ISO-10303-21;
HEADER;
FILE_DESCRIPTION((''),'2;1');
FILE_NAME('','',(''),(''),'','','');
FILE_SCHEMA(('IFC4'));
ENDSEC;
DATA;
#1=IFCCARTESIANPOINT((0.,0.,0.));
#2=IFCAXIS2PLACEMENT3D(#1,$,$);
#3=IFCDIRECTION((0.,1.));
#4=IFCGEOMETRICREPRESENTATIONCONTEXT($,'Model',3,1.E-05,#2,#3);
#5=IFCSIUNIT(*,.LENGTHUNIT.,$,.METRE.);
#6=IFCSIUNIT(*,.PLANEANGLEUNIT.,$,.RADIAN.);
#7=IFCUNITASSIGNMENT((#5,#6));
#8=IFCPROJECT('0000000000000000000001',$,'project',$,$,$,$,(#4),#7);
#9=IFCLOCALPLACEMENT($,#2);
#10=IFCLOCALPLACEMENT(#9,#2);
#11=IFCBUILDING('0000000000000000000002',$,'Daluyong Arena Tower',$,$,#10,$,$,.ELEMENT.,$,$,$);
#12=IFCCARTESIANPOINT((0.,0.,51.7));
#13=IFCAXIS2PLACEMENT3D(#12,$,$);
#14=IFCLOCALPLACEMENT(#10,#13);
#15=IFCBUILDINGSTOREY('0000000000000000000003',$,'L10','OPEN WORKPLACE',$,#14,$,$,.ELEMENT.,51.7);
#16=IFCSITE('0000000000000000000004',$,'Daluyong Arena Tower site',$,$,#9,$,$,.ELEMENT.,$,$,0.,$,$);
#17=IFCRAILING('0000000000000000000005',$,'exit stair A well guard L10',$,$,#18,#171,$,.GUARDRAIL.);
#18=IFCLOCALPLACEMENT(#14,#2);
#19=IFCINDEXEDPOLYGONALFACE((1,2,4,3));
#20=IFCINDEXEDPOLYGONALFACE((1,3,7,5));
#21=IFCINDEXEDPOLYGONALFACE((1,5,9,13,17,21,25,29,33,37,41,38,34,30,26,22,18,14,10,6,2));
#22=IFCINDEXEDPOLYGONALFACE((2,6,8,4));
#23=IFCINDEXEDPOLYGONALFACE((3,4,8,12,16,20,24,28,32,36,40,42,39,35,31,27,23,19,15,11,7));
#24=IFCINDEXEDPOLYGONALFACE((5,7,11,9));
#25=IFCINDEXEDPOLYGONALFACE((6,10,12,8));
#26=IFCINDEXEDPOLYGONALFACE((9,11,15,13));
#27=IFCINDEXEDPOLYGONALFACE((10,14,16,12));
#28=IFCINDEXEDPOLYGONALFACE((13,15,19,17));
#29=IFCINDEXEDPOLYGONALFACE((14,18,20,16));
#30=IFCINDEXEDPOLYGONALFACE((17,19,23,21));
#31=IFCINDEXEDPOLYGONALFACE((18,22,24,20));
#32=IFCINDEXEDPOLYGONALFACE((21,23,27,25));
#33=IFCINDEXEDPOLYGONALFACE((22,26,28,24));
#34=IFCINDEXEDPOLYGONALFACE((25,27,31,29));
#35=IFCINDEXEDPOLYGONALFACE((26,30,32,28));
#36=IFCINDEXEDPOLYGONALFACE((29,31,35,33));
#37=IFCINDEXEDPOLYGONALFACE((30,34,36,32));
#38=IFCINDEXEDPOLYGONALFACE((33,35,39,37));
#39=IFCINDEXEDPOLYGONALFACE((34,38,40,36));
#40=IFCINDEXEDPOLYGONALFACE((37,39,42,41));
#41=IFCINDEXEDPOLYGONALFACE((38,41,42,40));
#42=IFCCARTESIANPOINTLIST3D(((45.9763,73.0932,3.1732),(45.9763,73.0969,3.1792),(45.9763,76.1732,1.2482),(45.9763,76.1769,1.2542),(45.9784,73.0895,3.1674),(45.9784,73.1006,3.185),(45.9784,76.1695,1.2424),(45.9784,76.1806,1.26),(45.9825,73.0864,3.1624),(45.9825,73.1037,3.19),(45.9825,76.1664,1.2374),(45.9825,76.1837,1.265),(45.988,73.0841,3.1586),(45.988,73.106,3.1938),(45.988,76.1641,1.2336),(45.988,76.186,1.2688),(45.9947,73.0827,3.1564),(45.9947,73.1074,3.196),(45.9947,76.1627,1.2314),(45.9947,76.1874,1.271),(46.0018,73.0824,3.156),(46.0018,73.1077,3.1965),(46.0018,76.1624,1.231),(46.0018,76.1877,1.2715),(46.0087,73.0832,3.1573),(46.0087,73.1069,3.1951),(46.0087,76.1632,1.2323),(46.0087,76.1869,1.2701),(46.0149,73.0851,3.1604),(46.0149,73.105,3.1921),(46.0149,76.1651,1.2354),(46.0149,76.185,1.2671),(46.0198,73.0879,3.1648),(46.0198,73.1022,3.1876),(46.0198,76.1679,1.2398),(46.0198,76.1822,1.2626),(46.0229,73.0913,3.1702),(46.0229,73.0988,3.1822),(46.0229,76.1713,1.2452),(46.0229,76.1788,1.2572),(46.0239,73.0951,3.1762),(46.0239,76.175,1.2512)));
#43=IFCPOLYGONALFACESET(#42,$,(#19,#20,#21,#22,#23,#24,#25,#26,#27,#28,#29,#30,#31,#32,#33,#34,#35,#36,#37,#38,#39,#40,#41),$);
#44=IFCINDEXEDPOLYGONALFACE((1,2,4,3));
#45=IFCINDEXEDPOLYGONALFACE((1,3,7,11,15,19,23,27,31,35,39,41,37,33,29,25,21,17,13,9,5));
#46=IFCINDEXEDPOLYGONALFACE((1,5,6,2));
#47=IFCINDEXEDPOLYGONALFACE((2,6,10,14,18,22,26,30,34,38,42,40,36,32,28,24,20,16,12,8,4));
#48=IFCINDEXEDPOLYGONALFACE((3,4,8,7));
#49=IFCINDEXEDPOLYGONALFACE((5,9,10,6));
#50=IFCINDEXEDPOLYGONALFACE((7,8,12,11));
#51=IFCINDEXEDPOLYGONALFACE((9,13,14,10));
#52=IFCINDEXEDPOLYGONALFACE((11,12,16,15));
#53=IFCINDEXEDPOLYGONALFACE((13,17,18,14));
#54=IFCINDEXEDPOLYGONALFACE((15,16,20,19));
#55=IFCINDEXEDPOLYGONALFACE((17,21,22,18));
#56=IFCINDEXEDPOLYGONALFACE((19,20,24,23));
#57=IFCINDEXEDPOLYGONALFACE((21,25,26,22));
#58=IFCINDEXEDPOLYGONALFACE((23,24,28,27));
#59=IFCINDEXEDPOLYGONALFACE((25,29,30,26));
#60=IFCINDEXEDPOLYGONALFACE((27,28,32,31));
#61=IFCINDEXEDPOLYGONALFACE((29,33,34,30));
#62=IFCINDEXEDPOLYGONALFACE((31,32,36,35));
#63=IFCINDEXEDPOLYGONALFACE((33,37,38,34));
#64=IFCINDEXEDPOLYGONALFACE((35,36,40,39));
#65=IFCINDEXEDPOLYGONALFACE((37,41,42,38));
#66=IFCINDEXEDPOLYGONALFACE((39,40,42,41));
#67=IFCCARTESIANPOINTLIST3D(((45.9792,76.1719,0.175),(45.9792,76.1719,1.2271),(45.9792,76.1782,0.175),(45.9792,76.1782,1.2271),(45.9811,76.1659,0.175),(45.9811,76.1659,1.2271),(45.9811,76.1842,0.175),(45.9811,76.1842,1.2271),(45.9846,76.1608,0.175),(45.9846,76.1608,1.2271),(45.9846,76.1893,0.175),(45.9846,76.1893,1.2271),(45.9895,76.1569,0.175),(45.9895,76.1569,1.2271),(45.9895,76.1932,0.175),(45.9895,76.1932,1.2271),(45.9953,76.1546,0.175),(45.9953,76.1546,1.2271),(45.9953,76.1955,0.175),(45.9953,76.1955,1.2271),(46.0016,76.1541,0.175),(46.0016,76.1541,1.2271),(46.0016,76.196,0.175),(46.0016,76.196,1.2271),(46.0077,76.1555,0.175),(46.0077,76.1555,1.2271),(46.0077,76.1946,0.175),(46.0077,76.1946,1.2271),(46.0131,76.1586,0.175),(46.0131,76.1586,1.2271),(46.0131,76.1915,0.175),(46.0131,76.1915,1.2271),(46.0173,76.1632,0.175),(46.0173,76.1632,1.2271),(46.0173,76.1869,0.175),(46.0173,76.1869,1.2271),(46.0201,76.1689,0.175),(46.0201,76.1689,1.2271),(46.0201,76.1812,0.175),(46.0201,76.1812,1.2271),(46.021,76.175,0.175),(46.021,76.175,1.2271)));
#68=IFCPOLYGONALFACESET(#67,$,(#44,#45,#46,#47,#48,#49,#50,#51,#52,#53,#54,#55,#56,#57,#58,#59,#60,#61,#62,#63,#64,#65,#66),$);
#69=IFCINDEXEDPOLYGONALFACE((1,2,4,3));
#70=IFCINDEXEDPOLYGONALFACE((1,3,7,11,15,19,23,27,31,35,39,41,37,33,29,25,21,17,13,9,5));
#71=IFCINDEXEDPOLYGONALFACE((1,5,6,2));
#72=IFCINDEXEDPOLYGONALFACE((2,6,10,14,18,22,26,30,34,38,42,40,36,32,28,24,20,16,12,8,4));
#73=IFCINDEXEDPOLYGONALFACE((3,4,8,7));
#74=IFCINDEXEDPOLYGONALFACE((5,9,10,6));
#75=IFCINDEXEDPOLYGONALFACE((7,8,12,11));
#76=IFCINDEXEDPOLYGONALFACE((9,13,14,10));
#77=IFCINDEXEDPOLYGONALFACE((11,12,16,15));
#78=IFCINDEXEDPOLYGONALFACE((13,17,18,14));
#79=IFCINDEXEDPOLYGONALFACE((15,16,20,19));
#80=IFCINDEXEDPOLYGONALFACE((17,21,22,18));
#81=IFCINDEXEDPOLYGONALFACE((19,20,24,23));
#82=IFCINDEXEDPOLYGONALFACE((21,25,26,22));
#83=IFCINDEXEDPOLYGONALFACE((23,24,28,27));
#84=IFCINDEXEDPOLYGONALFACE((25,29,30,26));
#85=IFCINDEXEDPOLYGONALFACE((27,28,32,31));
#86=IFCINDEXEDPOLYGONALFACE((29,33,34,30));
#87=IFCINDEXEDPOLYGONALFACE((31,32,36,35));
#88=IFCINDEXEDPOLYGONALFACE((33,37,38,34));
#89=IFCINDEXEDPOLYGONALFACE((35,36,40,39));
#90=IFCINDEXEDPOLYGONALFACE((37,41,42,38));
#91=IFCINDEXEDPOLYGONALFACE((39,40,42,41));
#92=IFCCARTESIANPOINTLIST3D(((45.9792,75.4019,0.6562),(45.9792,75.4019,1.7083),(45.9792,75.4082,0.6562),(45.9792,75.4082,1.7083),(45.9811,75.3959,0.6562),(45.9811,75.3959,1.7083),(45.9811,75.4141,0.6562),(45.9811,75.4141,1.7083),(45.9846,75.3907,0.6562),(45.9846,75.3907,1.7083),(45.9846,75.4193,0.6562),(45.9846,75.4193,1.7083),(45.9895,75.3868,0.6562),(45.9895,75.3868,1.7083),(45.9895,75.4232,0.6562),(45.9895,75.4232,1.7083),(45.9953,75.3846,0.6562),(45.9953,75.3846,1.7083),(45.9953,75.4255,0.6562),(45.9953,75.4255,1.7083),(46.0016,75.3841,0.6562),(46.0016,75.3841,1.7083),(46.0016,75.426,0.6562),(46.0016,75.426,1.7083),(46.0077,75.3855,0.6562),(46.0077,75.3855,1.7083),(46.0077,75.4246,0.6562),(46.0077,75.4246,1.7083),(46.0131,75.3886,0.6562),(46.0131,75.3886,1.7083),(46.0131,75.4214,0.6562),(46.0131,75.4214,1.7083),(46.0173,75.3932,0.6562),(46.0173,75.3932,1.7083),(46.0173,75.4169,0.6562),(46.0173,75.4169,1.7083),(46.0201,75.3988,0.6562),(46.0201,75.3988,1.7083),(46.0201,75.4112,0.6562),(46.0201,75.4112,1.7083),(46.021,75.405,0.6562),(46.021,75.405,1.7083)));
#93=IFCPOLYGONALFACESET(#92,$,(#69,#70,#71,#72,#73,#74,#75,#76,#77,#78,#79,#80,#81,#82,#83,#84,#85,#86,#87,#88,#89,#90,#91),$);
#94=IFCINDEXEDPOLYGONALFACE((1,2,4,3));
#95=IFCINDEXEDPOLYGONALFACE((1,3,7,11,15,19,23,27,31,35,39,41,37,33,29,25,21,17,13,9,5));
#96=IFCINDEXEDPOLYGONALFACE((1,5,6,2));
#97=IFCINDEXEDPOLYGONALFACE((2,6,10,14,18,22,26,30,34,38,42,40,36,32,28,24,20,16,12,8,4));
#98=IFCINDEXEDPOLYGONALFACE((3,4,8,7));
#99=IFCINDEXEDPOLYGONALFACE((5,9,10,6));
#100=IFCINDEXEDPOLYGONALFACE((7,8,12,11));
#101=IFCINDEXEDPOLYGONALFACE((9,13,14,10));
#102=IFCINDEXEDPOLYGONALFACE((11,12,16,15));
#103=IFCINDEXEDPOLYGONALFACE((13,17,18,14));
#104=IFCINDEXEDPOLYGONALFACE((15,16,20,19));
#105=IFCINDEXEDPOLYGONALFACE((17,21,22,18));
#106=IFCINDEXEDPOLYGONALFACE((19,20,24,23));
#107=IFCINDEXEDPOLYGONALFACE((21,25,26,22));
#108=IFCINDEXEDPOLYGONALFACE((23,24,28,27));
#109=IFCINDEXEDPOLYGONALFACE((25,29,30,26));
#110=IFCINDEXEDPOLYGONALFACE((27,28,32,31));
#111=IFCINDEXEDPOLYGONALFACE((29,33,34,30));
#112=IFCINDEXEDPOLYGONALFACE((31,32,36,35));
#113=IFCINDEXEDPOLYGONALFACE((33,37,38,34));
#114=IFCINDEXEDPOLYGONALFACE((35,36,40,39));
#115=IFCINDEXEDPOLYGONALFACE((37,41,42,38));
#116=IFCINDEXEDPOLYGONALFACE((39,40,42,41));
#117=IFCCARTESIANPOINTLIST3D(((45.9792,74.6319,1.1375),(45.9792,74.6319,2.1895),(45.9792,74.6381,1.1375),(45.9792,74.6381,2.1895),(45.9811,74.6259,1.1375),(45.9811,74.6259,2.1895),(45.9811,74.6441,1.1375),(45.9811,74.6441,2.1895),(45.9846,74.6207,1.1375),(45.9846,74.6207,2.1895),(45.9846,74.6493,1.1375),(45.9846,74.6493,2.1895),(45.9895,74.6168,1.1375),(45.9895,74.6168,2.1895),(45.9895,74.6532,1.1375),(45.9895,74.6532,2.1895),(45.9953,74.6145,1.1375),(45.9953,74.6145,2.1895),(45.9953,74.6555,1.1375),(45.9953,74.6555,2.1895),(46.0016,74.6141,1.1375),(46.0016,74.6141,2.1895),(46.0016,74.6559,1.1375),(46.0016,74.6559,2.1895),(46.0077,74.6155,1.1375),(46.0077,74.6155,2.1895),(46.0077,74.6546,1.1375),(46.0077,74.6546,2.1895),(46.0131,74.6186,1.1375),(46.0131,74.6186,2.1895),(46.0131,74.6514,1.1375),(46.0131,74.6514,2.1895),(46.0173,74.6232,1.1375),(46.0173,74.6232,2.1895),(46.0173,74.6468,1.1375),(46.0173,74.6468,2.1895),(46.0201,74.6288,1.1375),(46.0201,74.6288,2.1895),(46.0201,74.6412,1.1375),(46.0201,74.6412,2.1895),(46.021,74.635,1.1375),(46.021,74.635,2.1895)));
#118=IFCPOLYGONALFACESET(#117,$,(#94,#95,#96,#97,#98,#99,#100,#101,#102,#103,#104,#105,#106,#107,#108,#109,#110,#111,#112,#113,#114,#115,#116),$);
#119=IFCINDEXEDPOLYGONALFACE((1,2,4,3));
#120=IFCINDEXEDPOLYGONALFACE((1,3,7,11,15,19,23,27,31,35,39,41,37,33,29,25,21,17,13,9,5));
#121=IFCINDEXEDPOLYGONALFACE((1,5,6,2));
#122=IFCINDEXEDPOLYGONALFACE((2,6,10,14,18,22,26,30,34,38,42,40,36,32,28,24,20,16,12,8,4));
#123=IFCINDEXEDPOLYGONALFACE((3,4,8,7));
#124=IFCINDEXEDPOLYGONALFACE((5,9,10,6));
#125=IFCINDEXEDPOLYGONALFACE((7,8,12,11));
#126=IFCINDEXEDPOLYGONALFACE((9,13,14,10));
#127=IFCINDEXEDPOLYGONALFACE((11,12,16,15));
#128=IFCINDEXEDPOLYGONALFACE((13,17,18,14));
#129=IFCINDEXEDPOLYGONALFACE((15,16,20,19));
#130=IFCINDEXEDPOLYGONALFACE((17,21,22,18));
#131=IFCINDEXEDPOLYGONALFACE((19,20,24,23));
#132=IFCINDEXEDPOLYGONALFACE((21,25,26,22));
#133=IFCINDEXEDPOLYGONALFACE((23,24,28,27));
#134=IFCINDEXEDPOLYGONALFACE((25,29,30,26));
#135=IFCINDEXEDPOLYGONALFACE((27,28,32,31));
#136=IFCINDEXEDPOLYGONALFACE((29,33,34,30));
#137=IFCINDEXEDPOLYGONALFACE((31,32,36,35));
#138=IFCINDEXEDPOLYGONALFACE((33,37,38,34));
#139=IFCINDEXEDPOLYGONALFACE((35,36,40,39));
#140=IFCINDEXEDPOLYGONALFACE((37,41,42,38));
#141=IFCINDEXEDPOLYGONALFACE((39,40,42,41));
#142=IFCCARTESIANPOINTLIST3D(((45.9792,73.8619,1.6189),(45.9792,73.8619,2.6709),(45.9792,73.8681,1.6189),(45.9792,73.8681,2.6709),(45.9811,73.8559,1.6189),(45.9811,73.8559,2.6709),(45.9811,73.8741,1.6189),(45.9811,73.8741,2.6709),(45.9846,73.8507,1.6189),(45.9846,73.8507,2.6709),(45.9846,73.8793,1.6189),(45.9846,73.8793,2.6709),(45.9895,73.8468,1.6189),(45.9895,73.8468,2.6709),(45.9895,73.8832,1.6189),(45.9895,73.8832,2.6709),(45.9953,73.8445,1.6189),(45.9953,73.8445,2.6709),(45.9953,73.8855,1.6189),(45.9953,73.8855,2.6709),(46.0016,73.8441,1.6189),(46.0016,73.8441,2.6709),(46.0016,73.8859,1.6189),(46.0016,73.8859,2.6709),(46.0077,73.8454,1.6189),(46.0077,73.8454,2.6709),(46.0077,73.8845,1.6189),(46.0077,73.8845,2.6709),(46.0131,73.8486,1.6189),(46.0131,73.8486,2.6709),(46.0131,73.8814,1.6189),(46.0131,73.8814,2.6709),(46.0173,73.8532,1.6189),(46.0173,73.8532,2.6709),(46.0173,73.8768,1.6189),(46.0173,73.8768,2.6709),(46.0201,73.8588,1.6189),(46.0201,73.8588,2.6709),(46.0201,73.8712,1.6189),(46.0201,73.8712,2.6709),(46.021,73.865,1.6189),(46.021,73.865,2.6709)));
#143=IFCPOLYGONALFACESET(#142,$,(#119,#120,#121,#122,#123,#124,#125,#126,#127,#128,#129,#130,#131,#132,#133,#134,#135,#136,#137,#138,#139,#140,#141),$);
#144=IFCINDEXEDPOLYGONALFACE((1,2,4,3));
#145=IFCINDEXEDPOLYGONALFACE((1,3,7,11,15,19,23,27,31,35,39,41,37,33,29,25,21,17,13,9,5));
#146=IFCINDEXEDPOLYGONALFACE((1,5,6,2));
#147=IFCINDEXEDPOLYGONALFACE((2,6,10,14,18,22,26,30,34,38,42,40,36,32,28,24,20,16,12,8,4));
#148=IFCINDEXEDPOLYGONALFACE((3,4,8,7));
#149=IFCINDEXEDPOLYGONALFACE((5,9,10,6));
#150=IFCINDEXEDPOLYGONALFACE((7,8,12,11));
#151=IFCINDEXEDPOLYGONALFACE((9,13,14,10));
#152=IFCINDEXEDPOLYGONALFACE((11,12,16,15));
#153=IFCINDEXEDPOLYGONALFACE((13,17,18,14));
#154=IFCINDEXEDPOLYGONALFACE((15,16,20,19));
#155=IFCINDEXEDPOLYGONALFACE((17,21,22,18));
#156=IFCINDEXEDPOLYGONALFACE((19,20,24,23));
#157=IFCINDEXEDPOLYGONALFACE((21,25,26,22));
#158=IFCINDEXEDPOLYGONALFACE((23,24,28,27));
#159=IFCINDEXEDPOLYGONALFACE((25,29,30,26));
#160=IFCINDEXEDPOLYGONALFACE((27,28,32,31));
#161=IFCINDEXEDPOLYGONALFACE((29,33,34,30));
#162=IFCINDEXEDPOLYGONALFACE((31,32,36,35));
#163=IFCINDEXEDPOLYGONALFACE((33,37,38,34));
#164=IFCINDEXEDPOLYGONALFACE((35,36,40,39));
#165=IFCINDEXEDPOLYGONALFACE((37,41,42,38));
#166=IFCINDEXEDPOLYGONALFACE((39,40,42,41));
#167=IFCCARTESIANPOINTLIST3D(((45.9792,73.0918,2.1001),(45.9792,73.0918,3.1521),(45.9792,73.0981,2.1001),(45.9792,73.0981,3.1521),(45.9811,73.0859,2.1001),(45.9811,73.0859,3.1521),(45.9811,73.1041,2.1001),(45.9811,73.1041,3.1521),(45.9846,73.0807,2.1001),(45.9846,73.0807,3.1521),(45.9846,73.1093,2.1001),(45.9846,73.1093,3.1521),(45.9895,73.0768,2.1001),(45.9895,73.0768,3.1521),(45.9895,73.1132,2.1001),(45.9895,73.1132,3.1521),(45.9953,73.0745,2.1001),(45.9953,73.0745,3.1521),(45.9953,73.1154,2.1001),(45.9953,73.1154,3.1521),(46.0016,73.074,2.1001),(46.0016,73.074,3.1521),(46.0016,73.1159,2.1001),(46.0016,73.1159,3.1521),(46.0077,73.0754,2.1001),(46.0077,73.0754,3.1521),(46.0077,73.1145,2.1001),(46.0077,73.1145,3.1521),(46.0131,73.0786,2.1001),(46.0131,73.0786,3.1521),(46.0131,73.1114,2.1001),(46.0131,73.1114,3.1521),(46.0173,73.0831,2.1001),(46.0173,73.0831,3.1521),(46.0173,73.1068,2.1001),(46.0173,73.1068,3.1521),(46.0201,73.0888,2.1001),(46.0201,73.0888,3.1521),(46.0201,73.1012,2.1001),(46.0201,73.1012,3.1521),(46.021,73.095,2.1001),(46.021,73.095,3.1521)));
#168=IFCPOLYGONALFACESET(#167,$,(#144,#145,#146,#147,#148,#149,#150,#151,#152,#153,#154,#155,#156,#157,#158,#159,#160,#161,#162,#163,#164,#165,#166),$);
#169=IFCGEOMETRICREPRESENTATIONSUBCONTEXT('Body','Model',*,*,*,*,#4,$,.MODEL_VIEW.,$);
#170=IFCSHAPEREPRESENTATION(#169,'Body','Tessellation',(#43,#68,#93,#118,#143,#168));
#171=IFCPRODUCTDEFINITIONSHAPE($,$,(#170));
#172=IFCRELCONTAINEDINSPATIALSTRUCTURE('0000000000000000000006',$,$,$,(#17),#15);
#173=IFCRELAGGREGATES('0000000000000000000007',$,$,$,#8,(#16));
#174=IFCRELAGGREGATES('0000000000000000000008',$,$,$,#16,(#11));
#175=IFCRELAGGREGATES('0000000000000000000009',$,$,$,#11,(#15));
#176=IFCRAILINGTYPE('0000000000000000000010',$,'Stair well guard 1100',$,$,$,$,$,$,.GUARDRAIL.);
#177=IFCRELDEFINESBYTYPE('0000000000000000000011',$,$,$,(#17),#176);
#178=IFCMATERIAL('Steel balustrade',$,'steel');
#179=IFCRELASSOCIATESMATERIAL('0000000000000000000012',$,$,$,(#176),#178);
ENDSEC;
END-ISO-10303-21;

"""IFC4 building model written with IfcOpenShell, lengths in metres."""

from ifc_helpers import new_model, si_unit, direction, frame, origin, origin_2d, place, context, subcontext, project, spatial, circle, extrude, material, type_object, element, save


model = new_model("IFC4")

# Units and contexts
model_context = context("Model", 3, precision=1e-05, world=origin(), true_north=direction((0.0, 1.0)))
body_context = subcontext(model_context, "Body", "Model", "MODEL_VIEW")
ifc_project = project(units=[si_unit("LENGTHUNIT", "METRE"), si_unit("PLANEANGLEUNIT", "RADIAN")], contexts=[model_context])

# Site, building, storey
site_placement = place(None, origin())
site = spatial("IfcSite", under=ifc_project, at=site_placement, Name="Daluyong Arena Tower site", CompositionType="ELEMENT", RefElevation=0.0)
building_placement = place(site_placement, origin())
building = spatial("IfcBuilding", under=site, at=building_placement, Name="Daluyong Arena Tower", CompositionType="ELEMENT")
storey_placement = place(building_placement, frame((0.0, 0.0, 51.7)))
storey = spatial("IfcBuildingStorey", under=building, at=storey_placement, Name="L10", Description="OPEN WORKPLACE", CompositionType="ELEMENT", Elevation=51.7)

# Railing
ifc_material_1 = material(Name="Steel balustrade", Category="steel")
railing_type_1 = type_object("IfcRailingType", Name="Stair well guard 1100", PredefinedType="GUARDRAIL", material=ifc_material_1)
railing_1_placement = place(storey_placement, frame((46.0, 76.175, 0.175)))
element("IfcRailing", 1, at=railing_1_placement, inside=storey, type_object=railing_type_1, Name="exit stair A well guard L10", PredefinedType="GUARDRAIL", context=body_context, shape_type="SweptSolid", body=[
    extrude(circle(Radius=0.0239, at=origin_2d()), frame((0.0, 0.0, 1.0762), z_axis=(0.0, -0.847998, 0.529999), x_axis=(1.0, 0.0, 0.0)), (0.0, 0.0, 1.0), 3.6321),
    extrude(circle(Radius=0.021, at=origin_2d()), origin(), (0.0, 0.0, 1.0), 1.052),
    extrude(circle(Radius=0.021, at=origin_2d()), frame((0.0, -0.77, 0.4812)), (0.0, 0.0, 1.0), 1.052),
    extrude(circle(Radius=0.021, at=origin_2d()), frame((0.0, -1.54, 0.9624)), (0.0, 0.0, 1.0), 1.052),
    extrude(circle(Radius=0.021, at=origin_2d()), frame((0.0, -2.3101, 1.4438)), (0.0, 0.0, 1.0), 1.052),
    extrude(circle(Radius=0.021, at=origin_2d()), frame((0.0, -3.0801, 1.925)), (0.0, 0.0, 1.0), 1.052),
])

save(model, "model.ifc")
